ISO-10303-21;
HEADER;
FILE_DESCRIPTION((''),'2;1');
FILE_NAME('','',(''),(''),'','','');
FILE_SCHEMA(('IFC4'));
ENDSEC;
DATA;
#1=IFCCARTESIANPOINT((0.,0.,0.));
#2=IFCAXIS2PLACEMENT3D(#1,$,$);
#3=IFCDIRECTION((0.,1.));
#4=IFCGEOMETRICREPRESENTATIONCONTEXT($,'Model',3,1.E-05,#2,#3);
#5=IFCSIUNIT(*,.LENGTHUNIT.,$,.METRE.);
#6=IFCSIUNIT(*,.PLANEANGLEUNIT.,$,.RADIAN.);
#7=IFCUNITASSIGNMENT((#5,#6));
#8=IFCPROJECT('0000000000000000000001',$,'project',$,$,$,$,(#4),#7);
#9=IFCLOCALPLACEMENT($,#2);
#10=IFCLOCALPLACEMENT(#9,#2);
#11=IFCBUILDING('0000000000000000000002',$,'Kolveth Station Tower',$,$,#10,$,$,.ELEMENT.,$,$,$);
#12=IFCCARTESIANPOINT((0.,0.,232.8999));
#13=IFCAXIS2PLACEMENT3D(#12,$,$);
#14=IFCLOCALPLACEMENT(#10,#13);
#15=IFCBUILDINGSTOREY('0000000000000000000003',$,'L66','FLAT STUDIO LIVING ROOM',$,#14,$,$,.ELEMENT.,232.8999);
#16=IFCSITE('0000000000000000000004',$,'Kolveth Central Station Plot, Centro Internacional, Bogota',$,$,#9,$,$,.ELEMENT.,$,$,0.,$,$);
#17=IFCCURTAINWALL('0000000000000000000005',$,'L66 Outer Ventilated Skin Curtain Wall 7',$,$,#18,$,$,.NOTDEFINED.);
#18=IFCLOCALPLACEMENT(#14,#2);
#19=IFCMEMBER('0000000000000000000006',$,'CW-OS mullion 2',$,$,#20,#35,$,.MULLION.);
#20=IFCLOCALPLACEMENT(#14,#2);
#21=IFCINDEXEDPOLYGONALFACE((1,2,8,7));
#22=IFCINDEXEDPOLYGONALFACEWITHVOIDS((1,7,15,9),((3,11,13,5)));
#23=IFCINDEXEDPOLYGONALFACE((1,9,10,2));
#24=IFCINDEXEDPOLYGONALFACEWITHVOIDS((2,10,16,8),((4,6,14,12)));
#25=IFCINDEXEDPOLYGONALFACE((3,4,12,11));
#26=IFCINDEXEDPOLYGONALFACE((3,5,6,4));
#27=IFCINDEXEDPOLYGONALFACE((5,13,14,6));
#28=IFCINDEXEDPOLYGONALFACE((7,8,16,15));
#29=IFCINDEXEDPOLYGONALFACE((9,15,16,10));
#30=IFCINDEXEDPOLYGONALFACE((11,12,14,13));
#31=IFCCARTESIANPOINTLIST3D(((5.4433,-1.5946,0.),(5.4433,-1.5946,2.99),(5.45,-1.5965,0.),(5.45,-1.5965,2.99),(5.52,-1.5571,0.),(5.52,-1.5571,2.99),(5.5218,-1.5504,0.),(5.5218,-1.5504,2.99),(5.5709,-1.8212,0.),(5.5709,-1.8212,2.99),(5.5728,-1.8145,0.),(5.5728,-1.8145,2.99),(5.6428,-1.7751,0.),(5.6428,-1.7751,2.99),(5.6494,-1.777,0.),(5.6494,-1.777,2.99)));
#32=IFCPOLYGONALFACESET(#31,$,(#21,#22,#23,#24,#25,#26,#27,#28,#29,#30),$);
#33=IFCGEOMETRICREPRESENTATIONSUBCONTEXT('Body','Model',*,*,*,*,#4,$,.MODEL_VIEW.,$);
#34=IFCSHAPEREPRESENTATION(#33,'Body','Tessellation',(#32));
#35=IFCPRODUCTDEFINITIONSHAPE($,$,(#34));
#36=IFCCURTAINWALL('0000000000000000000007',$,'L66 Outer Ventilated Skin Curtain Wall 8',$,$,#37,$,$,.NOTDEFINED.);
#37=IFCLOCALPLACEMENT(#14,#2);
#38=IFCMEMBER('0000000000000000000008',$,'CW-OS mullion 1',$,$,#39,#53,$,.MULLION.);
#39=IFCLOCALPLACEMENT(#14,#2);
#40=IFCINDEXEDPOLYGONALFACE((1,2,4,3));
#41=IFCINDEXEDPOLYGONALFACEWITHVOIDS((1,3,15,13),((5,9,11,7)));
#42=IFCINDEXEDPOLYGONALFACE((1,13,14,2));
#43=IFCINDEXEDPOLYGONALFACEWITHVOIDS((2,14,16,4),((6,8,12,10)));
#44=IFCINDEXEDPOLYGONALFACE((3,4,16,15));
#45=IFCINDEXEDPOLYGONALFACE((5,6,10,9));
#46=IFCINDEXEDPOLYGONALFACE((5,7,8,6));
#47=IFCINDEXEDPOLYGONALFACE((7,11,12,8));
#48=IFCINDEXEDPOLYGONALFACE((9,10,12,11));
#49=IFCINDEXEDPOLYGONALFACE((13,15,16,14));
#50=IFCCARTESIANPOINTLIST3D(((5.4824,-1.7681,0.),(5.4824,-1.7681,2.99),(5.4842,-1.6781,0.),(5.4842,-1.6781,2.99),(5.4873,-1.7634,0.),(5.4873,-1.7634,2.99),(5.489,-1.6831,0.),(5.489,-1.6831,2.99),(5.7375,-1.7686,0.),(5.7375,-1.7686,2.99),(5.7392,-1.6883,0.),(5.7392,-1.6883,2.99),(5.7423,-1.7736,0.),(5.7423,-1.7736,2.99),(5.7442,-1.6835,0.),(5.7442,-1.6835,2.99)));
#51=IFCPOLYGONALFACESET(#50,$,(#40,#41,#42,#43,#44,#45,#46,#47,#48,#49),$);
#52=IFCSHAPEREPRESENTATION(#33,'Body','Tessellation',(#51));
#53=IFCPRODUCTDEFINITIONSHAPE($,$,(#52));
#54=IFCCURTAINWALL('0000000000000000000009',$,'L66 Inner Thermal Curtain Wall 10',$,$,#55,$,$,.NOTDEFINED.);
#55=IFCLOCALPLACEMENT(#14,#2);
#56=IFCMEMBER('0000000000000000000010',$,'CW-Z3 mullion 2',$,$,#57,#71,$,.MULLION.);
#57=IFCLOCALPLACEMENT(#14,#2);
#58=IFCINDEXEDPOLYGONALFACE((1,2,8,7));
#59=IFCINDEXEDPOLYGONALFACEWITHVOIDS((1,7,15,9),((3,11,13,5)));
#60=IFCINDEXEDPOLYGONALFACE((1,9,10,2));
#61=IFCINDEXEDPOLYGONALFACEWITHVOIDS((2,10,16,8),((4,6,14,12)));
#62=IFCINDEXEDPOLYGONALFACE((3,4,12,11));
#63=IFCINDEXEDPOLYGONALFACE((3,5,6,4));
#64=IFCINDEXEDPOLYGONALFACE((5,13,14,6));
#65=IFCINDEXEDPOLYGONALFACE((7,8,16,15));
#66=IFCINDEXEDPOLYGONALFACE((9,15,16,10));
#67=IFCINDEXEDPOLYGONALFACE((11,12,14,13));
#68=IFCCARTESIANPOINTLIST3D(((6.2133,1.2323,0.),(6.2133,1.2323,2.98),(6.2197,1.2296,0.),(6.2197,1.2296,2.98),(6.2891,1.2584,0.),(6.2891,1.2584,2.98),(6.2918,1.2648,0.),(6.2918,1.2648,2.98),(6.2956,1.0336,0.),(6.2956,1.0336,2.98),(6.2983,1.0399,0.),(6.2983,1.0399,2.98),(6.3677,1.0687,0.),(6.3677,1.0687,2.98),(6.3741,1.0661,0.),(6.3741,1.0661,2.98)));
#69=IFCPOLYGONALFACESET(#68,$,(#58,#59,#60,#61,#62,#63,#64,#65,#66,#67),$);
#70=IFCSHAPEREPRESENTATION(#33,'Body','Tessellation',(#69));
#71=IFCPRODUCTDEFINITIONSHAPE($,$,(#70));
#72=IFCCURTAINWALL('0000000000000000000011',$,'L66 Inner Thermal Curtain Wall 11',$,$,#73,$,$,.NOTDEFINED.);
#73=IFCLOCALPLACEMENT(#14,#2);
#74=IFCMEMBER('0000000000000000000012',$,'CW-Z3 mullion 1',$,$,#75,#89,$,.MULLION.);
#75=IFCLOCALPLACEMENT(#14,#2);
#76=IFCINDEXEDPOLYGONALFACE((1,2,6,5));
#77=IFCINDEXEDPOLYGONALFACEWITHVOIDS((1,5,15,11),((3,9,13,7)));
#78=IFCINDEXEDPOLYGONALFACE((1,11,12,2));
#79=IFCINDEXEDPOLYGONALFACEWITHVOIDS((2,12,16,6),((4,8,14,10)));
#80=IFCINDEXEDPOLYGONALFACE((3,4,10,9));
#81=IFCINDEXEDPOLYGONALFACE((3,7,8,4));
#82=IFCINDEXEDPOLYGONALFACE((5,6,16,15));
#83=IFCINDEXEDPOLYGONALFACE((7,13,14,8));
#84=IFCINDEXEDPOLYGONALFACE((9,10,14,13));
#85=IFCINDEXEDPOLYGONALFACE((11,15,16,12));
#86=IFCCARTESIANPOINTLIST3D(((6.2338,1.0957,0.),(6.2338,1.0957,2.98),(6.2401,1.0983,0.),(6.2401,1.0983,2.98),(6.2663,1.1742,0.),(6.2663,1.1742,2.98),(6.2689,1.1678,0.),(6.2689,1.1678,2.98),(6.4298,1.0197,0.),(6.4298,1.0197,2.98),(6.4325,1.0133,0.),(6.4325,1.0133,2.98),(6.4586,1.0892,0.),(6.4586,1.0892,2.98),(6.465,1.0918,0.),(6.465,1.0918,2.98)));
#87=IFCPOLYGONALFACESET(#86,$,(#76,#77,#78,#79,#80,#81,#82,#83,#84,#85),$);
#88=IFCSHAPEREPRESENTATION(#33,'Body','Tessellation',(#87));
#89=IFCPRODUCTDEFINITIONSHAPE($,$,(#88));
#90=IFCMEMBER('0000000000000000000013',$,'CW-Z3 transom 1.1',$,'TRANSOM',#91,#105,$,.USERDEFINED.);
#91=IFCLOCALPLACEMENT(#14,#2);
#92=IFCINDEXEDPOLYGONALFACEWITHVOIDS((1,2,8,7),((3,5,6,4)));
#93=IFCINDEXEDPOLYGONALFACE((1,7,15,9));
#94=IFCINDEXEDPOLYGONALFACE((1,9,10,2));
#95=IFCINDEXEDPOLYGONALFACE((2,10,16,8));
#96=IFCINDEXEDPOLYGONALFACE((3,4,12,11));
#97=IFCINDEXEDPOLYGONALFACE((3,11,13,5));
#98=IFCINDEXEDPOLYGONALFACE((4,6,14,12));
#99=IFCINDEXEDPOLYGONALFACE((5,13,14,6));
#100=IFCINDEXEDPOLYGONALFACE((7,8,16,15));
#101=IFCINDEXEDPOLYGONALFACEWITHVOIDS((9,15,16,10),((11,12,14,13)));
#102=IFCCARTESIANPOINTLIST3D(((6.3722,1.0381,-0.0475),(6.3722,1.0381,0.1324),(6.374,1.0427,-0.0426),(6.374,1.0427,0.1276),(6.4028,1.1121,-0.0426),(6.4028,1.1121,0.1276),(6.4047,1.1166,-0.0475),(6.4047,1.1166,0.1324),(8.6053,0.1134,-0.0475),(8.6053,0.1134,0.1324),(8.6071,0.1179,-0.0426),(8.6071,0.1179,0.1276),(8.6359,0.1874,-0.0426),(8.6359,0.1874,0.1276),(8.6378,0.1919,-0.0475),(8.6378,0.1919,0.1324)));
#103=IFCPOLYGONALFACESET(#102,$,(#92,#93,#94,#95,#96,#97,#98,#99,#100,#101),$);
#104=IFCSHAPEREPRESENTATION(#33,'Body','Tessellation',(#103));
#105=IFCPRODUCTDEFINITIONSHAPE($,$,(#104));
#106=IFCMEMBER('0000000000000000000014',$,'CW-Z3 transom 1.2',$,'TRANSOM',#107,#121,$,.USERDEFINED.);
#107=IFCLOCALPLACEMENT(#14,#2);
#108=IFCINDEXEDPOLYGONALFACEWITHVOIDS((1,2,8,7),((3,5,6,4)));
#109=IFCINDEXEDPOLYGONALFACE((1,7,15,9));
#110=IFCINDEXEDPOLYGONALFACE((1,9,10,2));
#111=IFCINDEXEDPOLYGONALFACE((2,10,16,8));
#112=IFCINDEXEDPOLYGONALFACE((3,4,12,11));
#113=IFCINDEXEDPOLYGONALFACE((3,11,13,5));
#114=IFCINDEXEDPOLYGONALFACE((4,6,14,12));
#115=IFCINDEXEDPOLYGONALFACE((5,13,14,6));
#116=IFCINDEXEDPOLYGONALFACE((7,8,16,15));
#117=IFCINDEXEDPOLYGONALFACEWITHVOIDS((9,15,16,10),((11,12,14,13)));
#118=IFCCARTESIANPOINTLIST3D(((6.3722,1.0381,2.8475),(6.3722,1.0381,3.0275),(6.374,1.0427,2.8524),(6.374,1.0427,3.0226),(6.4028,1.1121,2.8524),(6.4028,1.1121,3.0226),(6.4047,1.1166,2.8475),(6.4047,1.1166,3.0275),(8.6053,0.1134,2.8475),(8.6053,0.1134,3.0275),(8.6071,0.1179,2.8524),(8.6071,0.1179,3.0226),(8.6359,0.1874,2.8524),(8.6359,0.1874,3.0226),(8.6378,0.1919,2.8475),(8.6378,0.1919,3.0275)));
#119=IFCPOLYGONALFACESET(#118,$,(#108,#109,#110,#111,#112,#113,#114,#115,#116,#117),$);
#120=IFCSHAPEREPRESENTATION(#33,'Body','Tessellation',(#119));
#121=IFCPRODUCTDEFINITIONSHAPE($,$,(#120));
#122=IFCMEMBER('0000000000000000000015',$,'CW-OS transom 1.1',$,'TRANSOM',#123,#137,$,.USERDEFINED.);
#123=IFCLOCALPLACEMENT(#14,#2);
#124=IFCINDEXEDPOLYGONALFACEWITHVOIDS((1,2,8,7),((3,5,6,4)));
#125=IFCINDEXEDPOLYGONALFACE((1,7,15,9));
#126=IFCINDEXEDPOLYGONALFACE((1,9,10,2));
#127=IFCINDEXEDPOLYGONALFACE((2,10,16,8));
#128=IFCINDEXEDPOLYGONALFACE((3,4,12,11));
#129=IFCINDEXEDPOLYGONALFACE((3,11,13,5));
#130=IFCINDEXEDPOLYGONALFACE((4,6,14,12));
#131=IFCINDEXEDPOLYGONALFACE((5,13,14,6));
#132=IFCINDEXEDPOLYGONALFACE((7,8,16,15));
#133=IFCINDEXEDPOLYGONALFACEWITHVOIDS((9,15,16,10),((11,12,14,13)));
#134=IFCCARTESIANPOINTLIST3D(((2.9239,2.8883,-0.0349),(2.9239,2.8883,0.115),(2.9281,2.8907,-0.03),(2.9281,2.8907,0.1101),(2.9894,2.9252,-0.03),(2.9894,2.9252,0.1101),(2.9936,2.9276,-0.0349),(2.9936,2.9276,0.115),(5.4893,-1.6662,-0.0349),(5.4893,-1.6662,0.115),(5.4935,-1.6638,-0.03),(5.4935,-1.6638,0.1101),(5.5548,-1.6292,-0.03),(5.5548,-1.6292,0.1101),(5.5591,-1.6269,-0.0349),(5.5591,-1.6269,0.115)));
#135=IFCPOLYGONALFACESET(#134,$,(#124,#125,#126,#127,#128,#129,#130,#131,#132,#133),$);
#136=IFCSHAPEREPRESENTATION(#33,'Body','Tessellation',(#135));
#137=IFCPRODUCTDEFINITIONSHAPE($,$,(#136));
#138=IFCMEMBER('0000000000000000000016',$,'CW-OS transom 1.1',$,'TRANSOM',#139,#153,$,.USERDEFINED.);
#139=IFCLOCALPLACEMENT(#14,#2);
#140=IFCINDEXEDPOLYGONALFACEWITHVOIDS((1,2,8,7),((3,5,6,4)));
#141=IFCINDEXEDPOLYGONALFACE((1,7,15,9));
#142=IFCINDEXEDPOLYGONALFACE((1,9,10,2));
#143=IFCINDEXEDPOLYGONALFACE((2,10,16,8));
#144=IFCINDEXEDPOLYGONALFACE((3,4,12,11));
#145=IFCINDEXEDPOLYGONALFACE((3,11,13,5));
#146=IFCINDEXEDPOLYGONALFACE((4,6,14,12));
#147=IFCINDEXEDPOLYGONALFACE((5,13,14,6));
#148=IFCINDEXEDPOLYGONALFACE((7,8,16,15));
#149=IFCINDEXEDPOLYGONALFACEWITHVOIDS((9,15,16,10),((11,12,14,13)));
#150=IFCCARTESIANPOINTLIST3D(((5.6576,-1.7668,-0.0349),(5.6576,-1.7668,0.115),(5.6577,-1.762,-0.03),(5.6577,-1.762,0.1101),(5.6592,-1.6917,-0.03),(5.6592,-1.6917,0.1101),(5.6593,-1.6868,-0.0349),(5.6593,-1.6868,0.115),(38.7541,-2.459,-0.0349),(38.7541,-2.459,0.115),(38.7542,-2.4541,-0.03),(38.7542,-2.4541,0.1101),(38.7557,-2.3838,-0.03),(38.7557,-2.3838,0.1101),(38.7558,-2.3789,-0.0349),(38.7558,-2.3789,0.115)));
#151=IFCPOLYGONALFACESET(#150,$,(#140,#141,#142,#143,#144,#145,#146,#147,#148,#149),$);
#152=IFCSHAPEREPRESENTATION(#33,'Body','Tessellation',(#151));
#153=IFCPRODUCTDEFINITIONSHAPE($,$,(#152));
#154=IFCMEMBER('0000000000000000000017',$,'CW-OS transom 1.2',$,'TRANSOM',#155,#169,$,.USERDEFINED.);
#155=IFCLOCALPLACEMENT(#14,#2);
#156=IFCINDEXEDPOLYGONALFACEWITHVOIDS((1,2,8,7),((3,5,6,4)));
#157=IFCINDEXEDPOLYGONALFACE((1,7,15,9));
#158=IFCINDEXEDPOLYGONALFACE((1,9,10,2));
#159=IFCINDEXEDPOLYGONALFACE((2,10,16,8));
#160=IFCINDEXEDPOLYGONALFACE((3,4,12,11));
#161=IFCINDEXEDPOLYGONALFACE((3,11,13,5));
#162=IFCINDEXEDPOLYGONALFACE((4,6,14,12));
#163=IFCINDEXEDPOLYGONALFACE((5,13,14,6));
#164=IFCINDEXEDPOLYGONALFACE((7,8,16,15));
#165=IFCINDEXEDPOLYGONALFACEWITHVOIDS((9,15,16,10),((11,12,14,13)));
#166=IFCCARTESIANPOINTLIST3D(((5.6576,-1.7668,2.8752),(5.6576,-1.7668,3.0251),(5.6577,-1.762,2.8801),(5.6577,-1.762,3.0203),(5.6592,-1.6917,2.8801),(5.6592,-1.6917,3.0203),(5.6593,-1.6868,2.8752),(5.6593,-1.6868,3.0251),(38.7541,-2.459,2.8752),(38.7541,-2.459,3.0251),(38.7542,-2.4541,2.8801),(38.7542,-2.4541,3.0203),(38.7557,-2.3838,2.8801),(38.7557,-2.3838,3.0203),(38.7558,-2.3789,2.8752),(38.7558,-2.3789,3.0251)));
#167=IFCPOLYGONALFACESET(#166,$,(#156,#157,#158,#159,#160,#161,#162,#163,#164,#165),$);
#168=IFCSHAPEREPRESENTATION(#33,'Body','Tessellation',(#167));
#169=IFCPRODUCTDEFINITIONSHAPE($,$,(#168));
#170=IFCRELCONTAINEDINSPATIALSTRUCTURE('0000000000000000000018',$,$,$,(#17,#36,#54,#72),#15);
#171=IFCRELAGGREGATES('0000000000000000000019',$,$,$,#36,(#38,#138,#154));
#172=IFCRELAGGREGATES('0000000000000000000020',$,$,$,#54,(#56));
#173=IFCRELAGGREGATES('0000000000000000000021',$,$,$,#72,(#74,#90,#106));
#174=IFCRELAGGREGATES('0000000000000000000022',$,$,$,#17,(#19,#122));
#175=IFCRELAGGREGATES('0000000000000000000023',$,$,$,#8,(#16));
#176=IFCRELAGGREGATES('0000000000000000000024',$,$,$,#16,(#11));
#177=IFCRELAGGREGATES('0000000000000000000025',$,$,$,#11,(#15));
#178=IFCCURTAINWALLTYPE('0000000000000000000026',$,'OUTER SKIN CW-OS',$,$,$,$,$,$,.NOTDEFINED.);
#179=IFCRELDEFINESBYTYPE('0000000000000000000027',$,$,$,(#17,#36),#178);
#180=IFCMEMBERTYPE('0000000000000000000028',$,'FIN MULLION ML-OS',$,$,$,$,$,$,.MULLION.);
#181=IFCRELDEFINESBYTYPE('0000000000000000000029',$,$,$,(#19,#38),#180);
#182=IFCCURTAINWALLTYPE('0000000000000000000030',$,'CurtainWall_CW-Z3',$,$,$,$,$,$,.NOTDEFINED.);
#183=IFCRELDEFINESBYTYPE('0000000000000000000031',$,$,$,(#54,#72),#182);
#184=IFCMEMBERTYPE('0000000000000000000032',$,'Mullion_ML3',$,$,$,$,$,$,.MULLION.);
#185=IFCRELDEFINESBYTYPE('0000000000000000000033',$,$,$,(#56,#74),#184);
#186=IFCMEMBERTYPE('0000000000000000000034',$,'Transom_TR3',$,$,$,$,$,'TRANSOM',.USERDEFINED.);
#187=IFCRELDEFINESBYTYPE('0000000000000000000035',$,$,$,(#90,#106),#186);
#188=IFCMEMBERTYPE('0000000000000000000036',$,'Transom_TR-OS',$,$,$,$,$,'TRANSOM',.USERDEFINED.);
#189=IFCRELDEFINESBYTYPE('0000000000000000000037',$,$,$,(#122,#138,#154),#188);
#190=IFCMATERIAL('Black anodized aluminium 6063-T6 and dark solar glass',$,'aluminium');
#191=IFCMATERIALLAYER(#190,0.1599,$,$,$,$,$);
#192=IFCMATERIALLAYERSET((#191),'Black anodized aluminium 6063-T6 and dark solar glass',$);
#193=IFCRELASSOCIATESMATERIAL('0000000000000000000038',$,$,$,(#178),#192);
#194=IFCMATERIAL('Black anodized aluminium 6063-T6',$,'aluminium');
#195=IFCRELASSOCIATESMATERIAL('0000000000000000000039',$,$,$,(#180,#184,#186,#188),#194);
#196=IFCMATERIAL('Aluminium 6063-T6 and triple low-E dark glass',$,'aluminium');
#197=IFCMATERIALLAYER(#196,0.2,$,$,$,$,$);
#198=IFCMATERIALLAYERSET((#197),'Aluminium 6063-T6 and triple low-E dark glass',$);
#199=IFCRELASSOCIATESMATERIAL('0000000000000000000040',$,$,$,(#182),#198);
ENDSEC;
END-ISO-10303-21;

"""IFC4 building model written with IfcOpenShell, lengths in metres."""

from ifc_helpers import new_model, si_unit, direction, frame, origin, origin_2d, place, context, subcontext, project, spatial, hollow_rectangle, extrude, source, transform, mapped, material, layer, layer_set, material_profile, profile_set, type_object, element, aggregate, save


model = new_model("IFC4")

# Units and contexts
model_context = context("Model", 3, precision=1e-05, world=origin(), true_north=direction((0.0, 1.0)))
body_context = subcontext(model_context, "Body", "Model", "MODEL_VIEW")
ifc_project = project(units=[si_unit("LENGTHUNIT", "METRE"), si_unit("PLANEANGLEUNIT", "RADIAN")], contexts=[model_context])

# Site, building, storey
site_placement = place(None, origin())
site = spatial("IfcSite", under=ifc_project, at=site_placement, Name="Kolveth Central Station Plot, Centro Internacional, Bogota", CompositionType="ELEMENT", RefElevation=0.0)
building_placement = place(site_placement, origin())
building = spatial("IfcBuilding", under=site, at=building_placement, Name="Kolveth Station Tower", CompositionType="ELEMENT")
storey_placement = place(building_placement, frame((0.0, 0.0, 232.8999)))
storey = spatial("IfcBuildingStorey", under=building, at=storey_placement, Name="L66", Description="FLAT STUDIO LIVING ROOM", CompositionType="ELEMENT", Elevation=232.8999)

# Curtain walls, members
ifc_material_1 = material(Name="Black anodized aluminium 6063-T6 and dark solar glass", Category="aluminium")
ifc_layer_1 = layer(ifc_material_1, 0.1599)
ifc_layer_set_1 = layer_set([ifc_layer_1], Name="Black anodized aluminium 6063-T6 and dark solar glass")
curtain_wall_type_1 = type_object("IfcCurtainWallType", Name="OUTER SKIN CW-OS", PredefinedType="NOTDEFINED", material=ifc_layer_set_1)
curtain_wall_1_placement = place(storey_placement, origin())
curtain_wall_1 = element("IfcCurtainWall", 1, at=curtain_wall_1_placement, inside=storey, type_object=curtain_wall_type_1, Name="L66 Outer Ventilated Skin Curtain Wall 7", PredefinedType="NOTDEFINED")
ifc_material_2 = material(Name="Black anodized aluminium 6063-T6", Category="aluminium")
ifc_material_profile_1 = material_profile(ifc_material_2, hollow_rectangle(XDim=0.0901, YDim=0.26, WallThickness=0.0049, at=origin_2d()), Name="ALU-90x260x5")
ifc_profile_set_1 = profile_set([ifc_material_profile_1], Name="Black anodized aluminium 6063-T6")
member_type_1 = type_object("IfcMemberType", Name="FIN MULLION ML-OS", PredefinedType="MULLION", material=ifc_profile_set_1)
shared_shape_1 = source(origin(), body_context, "Body", "SweptSolid", [
    extrude(hollow_rectangle(XDim=0.0901, YDim=0.26, WallThickness=0.0049, at=origin_2d()), origin(), (0.0, 0.0, 1.0), 2.99),
])
member_1_placement = place(storey_placement, frame((5.5464, -1.6858, 0.0), z_axis=(0.0, 0.0, 1.0), x_axis=(0.871271, 0.490802, 0.0)))
member_1 = element("IfcMember", 2, at=member_1_placement, type_object=member_type_1, Name="CW-OS mullion 2", PredefinedType="MULLION", context=body_context, shape_type="MappedRepresentation", body=[
    mapped(shared_shape_1, transform((0.0, 0.0, 0.0), x_axis=(1.0, 0.0, 0.0), y_axis=(0.0, 1.0, 0.0), z_axis=(0.0, 0.0, 1.0), scale=1.0)),
])
curtain_wall_2_placement = place(storey_placement, origin())
curtain_wall_2 = element("IfcCurtainWall", 3, at=curtain_wall_2_placement, inside=storey, type_object=curtain_wall_type_1, Name="L66 Outer Ventilated Skin Curtain Wall 8", PredefinedType="NOTDEFINED")
member_2_placement = place(storey_placement, frame((5.6133, -1.7258, 0.0), z_axis=(0.0, 0.0, 1.0), x_axis=(0.020908, 0.999781, 0.0)))
member_2 = element("IfcMember", 4, at=member_2_placement, type_object=member_type_1, Name="CW-OS mullion 1", PredefinedType="MULLION", context=body_context, shape_type="MappedRepresentation", body=[
    mapped(shared_shape_1, transform((0.0, 0.0, 0.0), x_axis=(1.0, 0.0, 0.0), y_axis=(0.0, 1.0, 0.0), z_axis=(0.0, 0.0, 1.0), scale=1.0)),
])
ifc_material_3 = material(Name="Aluminium 6063-T6 and triple low-E dark glass", Category="aluminium")
ifc_layer_2 = layer(ifc_material_3, 0.2)
ifc_layer_set_2 = layer_set([ifc_layer_2], Name="Aluminium 6063-T6 and triple low-E dark glass")
curtain_wall_type_2 = type_object("IfcCurtainWallType", Name="CurtainWall_CW-Z3", PredefinedType="NOTDEFINED", material=ifc_layer_set_2)
curtain_wall_3_placement = place(storey_placement, origin())
curtain_wall_3 = element("IfcCurtainWall", 5, at=curtain_wall_3_placement, inside=storey, type_object=curtain_wall_type_2, Name="L66 Inner Thermal Curtain Wall 10", PredefinedType="NOTDEFINED")
ifc_material_profile_2 = material_profile(ifc_material_2, hollow_rectangle(XDim=0.085, YDim=0.2151, WallThickness=0.0049, at=origin_2d()), Name="ALU-85x215x5")
ifc_profile_set_2 = profile_set([ifc_material_profile_2], Name="Black anodized aluminium 6063-T6")
member_type_2 = type_object("IfcMemberType", Name="Mullion_ML3", PredefinedType="MULLION", material=ifc_profile_set_2)
shared_shape_2 = source(origin(), body_context, "Body", "SweptSolid", [
    extrude(hollow_rectangle(XDim=0.085, YDim=0.2151, WallThickness=0.0049, at=origin_2d()), origin(), (0.0, 0.0, 1.0), 2.98),
])
member_3_placement = place(storey_placement, frame((6.2937, 1.1492, 0.0), z_axis=(0.0, 0.0, 1.0), x_axis=(0.923875, 0.382693, 0.0)))
member_3 = element("IfcMember", 6, at=member_3_placement, type_object=member_type_2, Name="CW-Z3 mullion 2", PredefinedType="MULLION", context=body_context, shape_type="MappedRepresentation", body=[
    mapped(shared_shape_2, transform((0.0, 0.0, 0.0), x_axis=(1.0, 0.0, 0.0), y_axis=(0.0, 1.0, 0.0), z_axis=(0.0, 0.0, 1.0), scale=1.0)),
])

# Curtain wall, members
curtain_wall_4_placement = place(storey_placement, origin())
curtain_wall_4 = element("IfcCurtainWall", 7, at=curtain_wall_4_placement, inside=storey, type_object=curtain_wall_type_2, Name="L66 Inner Thermal Curtain Wall 11", PredefinedType="NOTDEFINED")
member_4_placement = place(storey_placement, frame((6.3494, 1.0938, 0.0), z_axis=(0.0, 0.0, 1.0), x_axis=(0.382693, 0.923875, 0.0)))
member_4 = element("IfcMember", 8, at=member_4_placement, type_object=member_type_2, Name="CW-Z3 mullion 1", PredefinedType="MULLION", context=body_context, shape_type="MappedRepresentation", body=[
    mapped(shared_shape_2, transform((0.0, 0.0, 0.0), x_axis=(1.0, 0.0, 0.0), y_axis=(0.0, 1.0, 0.0), z_axis=(0.0, 0.0, 1.0), scale=1.0)),
])
ifc_material_profile_3 = material_profile(ifc_material_2, hollow_rectangle(XDim=0.085, YDim=0.1799, WallThickness=0.0049, at=origin_2d()), Name="ALU-85x180x5")
ifc_profile_set_3 = profile_set([ifc_material_profile_3], Name="Black anodized aluminium 6063-T6")
member_type_3 = type_object("IfcMemberType", Name="Transom_TR3", ElementType="TRANSOM", PredefinedType="USERDEFINED", material=ifc_profile_set_3)
shared_shape_3 = source(origin(), body_context, "Body", "SweptSolid", [
    extrude(hollow_rectangle(XDim=0.085, YDim=0.1799, WallThickness=0.0049, at=origin_2d()), origin(), (0.0, 0.0, 1.0), 2.417),
])
member_5_placement = place(storey_placement, frame((6.3884, 1.0774, 0.0425), z_axis=(0.923909, -0.382613, 0.0), x_axis=(0.382613, 0.923909, 0.0)))
member_5 = element("IfcMember", 9, at=member_5_placement, type_object=member_type_3, Name="CW-Z3 transom 1.1", ObjectType="TRANSOM", PredefinedType="USERDEFINED", context=body_context, shape_type="MappedRepresentation", body=[
    mapped(shared_shape_3, transform((0.0, 0.0, 0.0), x_axis=(1.0, 0.0, 0.0), y_axis=(0.0, 1.0, 0.0), z_axis=(0.0, 0.0, 1.0), scale=1.0)),
])
member_6_placement = place(storey_placement, frame((6.3884, 1.0774, 2.9375), z_axis=(0.923909, -0.382613, 0.0), x_axis=(0.382613, 0.923909, 0.0)))
member_6 = element("IfcMember", 10, at=member_6_placement, type_object=member_type_3, Name="CW-Z3 transom 1.2", ObjectType="TRANSOM", PredefinedType="USERDEFINED", context=body_context, shape_type="MappedRepresentation", body=[
    mapped(shared_shape_3, transform((0.0, 0.0, 0.0), x_axis=(1.0, 0.0, 0.0), y_axis=(0.0, 1.0, 0.0), z_axis=(0.0, 0.0, 1.0), scale=1.0)),
])

# Members
ifc_material_profile_4 = material_profile(ifc_material_2, hollow_rectangle(XDim=0.0801, YDim=0.1499, WallThickness=0.0049, at=origin_2d()), Name="ALU-80x150x5")
ifc_profile_set_4 = profile_set([ifc_material_profile_4], Name="Black anodized aluminium 6063-T6")
member_type_4 = type_object("IfcMemberType", Name="Transom_TR-OS", ElementType="TRANSOM", PredefinedType="USERDEFINED", material=ifc_profile_set_4)
shared_shape_4 = source(origin(), body_context, "Body", "SweptSolid", [
    extrude(hollow_rectangle(XDim=0.0801, YDim=0.1499, WallThickness=0.0049, at=origin_2d()), origin(), (0.0, 0.0, 1.0), 5.2273),
])
member_7_placement = place(storey_placement, frame((2.9587, 2.908, 0.04), z_axis=(0.490778, -0.871285, 0.0), x_axis=(0.871285, 0.490778, 0.0)))
member_7 = element("IfcMember", 11, at=member_7_placement, type_object=member_type_4, Name="CW-OS transom 1.1", ObjectType="TRANSOM", PredefinedType="USERDEFINED", context=body_context, shape_type="MappedRepresentation", body=[
    mapped(shared_shape_4, transform((0.0, 0.0, 0.0), x_axis=(1.0, 0.0, 0.0), y_axis=(0.0, 1.0, 0.0), z_axis=(0.0, 0.0, 1.0), scale=1.0)),
])
shared_shape_5 = source(origin(), body_context, "Body", "SweptSolid", [
    extrude(hollow_rectangle(XDim=0.0801, YDim=0.1499, WallThickness=0.0049, at=origin_2d()), origin(), (0.0, 0.0, 1.0), 33.1038),
])
member_8_placement = place(storey_placement, frame((5.6584, -1.7268, 0.04), z_axis=(0.999781, -0.020908, 0.0), x_axis=(0.020908, 0.999781, 0.0)))
member_8 = element("IfcMember", 12, at=member_8_placement, type_object=member_type_4, Name="CW-OS transom 1.1", ObjectType="TRANSOM", PredefinedType="USERDEFINED", context=body_context, shape_type="MappedRepresentation", body=[
    mapped(shared_shape_5, transform((0.0, 0.0, 0.0), x_axis=(1.0, 0.0, 0.0), y_axis=(0.0, 1.0, 0.0), z_axis=(0.0, 0.0, 1.0), scale=1.0)),
])
member_9_placement = place(storey_placement, frame((5.6584, -1.7268, 2.9502), z_axis=(0.999781, -0.020908, 0.0), x_axis=(0.020908, 0.999781, 0.0)))
member_9 = element("IfcMember", 13, at=member_9_placement, type_object=member_type_4, Name="CW-OS transom 1.2", ObjectType="TRANSOM", PredefinedType="USERDEFINED", context=body_context, shape_type="MappedRepresentation", body=[
    mapped(shared_shape_5, transform((0.0, 0.0, 0.0), x_axis=(1.0, 0.0, 0.0), y_axis=(0.0, 1.0, 0.0), z_axis=(0.0, 0.0, 1.0), scale=1.0)),
])
aggregate(curtain_wall_2, [member_2, member_8, member_9])

aggregate(curtain_wall_3, [member_3])
aggregate(curtain_wall_4, [member_4, member_5, member_6])
aggregate(curtain_wall_1, [member_1, member_7])

save(model, "model.ifc")
